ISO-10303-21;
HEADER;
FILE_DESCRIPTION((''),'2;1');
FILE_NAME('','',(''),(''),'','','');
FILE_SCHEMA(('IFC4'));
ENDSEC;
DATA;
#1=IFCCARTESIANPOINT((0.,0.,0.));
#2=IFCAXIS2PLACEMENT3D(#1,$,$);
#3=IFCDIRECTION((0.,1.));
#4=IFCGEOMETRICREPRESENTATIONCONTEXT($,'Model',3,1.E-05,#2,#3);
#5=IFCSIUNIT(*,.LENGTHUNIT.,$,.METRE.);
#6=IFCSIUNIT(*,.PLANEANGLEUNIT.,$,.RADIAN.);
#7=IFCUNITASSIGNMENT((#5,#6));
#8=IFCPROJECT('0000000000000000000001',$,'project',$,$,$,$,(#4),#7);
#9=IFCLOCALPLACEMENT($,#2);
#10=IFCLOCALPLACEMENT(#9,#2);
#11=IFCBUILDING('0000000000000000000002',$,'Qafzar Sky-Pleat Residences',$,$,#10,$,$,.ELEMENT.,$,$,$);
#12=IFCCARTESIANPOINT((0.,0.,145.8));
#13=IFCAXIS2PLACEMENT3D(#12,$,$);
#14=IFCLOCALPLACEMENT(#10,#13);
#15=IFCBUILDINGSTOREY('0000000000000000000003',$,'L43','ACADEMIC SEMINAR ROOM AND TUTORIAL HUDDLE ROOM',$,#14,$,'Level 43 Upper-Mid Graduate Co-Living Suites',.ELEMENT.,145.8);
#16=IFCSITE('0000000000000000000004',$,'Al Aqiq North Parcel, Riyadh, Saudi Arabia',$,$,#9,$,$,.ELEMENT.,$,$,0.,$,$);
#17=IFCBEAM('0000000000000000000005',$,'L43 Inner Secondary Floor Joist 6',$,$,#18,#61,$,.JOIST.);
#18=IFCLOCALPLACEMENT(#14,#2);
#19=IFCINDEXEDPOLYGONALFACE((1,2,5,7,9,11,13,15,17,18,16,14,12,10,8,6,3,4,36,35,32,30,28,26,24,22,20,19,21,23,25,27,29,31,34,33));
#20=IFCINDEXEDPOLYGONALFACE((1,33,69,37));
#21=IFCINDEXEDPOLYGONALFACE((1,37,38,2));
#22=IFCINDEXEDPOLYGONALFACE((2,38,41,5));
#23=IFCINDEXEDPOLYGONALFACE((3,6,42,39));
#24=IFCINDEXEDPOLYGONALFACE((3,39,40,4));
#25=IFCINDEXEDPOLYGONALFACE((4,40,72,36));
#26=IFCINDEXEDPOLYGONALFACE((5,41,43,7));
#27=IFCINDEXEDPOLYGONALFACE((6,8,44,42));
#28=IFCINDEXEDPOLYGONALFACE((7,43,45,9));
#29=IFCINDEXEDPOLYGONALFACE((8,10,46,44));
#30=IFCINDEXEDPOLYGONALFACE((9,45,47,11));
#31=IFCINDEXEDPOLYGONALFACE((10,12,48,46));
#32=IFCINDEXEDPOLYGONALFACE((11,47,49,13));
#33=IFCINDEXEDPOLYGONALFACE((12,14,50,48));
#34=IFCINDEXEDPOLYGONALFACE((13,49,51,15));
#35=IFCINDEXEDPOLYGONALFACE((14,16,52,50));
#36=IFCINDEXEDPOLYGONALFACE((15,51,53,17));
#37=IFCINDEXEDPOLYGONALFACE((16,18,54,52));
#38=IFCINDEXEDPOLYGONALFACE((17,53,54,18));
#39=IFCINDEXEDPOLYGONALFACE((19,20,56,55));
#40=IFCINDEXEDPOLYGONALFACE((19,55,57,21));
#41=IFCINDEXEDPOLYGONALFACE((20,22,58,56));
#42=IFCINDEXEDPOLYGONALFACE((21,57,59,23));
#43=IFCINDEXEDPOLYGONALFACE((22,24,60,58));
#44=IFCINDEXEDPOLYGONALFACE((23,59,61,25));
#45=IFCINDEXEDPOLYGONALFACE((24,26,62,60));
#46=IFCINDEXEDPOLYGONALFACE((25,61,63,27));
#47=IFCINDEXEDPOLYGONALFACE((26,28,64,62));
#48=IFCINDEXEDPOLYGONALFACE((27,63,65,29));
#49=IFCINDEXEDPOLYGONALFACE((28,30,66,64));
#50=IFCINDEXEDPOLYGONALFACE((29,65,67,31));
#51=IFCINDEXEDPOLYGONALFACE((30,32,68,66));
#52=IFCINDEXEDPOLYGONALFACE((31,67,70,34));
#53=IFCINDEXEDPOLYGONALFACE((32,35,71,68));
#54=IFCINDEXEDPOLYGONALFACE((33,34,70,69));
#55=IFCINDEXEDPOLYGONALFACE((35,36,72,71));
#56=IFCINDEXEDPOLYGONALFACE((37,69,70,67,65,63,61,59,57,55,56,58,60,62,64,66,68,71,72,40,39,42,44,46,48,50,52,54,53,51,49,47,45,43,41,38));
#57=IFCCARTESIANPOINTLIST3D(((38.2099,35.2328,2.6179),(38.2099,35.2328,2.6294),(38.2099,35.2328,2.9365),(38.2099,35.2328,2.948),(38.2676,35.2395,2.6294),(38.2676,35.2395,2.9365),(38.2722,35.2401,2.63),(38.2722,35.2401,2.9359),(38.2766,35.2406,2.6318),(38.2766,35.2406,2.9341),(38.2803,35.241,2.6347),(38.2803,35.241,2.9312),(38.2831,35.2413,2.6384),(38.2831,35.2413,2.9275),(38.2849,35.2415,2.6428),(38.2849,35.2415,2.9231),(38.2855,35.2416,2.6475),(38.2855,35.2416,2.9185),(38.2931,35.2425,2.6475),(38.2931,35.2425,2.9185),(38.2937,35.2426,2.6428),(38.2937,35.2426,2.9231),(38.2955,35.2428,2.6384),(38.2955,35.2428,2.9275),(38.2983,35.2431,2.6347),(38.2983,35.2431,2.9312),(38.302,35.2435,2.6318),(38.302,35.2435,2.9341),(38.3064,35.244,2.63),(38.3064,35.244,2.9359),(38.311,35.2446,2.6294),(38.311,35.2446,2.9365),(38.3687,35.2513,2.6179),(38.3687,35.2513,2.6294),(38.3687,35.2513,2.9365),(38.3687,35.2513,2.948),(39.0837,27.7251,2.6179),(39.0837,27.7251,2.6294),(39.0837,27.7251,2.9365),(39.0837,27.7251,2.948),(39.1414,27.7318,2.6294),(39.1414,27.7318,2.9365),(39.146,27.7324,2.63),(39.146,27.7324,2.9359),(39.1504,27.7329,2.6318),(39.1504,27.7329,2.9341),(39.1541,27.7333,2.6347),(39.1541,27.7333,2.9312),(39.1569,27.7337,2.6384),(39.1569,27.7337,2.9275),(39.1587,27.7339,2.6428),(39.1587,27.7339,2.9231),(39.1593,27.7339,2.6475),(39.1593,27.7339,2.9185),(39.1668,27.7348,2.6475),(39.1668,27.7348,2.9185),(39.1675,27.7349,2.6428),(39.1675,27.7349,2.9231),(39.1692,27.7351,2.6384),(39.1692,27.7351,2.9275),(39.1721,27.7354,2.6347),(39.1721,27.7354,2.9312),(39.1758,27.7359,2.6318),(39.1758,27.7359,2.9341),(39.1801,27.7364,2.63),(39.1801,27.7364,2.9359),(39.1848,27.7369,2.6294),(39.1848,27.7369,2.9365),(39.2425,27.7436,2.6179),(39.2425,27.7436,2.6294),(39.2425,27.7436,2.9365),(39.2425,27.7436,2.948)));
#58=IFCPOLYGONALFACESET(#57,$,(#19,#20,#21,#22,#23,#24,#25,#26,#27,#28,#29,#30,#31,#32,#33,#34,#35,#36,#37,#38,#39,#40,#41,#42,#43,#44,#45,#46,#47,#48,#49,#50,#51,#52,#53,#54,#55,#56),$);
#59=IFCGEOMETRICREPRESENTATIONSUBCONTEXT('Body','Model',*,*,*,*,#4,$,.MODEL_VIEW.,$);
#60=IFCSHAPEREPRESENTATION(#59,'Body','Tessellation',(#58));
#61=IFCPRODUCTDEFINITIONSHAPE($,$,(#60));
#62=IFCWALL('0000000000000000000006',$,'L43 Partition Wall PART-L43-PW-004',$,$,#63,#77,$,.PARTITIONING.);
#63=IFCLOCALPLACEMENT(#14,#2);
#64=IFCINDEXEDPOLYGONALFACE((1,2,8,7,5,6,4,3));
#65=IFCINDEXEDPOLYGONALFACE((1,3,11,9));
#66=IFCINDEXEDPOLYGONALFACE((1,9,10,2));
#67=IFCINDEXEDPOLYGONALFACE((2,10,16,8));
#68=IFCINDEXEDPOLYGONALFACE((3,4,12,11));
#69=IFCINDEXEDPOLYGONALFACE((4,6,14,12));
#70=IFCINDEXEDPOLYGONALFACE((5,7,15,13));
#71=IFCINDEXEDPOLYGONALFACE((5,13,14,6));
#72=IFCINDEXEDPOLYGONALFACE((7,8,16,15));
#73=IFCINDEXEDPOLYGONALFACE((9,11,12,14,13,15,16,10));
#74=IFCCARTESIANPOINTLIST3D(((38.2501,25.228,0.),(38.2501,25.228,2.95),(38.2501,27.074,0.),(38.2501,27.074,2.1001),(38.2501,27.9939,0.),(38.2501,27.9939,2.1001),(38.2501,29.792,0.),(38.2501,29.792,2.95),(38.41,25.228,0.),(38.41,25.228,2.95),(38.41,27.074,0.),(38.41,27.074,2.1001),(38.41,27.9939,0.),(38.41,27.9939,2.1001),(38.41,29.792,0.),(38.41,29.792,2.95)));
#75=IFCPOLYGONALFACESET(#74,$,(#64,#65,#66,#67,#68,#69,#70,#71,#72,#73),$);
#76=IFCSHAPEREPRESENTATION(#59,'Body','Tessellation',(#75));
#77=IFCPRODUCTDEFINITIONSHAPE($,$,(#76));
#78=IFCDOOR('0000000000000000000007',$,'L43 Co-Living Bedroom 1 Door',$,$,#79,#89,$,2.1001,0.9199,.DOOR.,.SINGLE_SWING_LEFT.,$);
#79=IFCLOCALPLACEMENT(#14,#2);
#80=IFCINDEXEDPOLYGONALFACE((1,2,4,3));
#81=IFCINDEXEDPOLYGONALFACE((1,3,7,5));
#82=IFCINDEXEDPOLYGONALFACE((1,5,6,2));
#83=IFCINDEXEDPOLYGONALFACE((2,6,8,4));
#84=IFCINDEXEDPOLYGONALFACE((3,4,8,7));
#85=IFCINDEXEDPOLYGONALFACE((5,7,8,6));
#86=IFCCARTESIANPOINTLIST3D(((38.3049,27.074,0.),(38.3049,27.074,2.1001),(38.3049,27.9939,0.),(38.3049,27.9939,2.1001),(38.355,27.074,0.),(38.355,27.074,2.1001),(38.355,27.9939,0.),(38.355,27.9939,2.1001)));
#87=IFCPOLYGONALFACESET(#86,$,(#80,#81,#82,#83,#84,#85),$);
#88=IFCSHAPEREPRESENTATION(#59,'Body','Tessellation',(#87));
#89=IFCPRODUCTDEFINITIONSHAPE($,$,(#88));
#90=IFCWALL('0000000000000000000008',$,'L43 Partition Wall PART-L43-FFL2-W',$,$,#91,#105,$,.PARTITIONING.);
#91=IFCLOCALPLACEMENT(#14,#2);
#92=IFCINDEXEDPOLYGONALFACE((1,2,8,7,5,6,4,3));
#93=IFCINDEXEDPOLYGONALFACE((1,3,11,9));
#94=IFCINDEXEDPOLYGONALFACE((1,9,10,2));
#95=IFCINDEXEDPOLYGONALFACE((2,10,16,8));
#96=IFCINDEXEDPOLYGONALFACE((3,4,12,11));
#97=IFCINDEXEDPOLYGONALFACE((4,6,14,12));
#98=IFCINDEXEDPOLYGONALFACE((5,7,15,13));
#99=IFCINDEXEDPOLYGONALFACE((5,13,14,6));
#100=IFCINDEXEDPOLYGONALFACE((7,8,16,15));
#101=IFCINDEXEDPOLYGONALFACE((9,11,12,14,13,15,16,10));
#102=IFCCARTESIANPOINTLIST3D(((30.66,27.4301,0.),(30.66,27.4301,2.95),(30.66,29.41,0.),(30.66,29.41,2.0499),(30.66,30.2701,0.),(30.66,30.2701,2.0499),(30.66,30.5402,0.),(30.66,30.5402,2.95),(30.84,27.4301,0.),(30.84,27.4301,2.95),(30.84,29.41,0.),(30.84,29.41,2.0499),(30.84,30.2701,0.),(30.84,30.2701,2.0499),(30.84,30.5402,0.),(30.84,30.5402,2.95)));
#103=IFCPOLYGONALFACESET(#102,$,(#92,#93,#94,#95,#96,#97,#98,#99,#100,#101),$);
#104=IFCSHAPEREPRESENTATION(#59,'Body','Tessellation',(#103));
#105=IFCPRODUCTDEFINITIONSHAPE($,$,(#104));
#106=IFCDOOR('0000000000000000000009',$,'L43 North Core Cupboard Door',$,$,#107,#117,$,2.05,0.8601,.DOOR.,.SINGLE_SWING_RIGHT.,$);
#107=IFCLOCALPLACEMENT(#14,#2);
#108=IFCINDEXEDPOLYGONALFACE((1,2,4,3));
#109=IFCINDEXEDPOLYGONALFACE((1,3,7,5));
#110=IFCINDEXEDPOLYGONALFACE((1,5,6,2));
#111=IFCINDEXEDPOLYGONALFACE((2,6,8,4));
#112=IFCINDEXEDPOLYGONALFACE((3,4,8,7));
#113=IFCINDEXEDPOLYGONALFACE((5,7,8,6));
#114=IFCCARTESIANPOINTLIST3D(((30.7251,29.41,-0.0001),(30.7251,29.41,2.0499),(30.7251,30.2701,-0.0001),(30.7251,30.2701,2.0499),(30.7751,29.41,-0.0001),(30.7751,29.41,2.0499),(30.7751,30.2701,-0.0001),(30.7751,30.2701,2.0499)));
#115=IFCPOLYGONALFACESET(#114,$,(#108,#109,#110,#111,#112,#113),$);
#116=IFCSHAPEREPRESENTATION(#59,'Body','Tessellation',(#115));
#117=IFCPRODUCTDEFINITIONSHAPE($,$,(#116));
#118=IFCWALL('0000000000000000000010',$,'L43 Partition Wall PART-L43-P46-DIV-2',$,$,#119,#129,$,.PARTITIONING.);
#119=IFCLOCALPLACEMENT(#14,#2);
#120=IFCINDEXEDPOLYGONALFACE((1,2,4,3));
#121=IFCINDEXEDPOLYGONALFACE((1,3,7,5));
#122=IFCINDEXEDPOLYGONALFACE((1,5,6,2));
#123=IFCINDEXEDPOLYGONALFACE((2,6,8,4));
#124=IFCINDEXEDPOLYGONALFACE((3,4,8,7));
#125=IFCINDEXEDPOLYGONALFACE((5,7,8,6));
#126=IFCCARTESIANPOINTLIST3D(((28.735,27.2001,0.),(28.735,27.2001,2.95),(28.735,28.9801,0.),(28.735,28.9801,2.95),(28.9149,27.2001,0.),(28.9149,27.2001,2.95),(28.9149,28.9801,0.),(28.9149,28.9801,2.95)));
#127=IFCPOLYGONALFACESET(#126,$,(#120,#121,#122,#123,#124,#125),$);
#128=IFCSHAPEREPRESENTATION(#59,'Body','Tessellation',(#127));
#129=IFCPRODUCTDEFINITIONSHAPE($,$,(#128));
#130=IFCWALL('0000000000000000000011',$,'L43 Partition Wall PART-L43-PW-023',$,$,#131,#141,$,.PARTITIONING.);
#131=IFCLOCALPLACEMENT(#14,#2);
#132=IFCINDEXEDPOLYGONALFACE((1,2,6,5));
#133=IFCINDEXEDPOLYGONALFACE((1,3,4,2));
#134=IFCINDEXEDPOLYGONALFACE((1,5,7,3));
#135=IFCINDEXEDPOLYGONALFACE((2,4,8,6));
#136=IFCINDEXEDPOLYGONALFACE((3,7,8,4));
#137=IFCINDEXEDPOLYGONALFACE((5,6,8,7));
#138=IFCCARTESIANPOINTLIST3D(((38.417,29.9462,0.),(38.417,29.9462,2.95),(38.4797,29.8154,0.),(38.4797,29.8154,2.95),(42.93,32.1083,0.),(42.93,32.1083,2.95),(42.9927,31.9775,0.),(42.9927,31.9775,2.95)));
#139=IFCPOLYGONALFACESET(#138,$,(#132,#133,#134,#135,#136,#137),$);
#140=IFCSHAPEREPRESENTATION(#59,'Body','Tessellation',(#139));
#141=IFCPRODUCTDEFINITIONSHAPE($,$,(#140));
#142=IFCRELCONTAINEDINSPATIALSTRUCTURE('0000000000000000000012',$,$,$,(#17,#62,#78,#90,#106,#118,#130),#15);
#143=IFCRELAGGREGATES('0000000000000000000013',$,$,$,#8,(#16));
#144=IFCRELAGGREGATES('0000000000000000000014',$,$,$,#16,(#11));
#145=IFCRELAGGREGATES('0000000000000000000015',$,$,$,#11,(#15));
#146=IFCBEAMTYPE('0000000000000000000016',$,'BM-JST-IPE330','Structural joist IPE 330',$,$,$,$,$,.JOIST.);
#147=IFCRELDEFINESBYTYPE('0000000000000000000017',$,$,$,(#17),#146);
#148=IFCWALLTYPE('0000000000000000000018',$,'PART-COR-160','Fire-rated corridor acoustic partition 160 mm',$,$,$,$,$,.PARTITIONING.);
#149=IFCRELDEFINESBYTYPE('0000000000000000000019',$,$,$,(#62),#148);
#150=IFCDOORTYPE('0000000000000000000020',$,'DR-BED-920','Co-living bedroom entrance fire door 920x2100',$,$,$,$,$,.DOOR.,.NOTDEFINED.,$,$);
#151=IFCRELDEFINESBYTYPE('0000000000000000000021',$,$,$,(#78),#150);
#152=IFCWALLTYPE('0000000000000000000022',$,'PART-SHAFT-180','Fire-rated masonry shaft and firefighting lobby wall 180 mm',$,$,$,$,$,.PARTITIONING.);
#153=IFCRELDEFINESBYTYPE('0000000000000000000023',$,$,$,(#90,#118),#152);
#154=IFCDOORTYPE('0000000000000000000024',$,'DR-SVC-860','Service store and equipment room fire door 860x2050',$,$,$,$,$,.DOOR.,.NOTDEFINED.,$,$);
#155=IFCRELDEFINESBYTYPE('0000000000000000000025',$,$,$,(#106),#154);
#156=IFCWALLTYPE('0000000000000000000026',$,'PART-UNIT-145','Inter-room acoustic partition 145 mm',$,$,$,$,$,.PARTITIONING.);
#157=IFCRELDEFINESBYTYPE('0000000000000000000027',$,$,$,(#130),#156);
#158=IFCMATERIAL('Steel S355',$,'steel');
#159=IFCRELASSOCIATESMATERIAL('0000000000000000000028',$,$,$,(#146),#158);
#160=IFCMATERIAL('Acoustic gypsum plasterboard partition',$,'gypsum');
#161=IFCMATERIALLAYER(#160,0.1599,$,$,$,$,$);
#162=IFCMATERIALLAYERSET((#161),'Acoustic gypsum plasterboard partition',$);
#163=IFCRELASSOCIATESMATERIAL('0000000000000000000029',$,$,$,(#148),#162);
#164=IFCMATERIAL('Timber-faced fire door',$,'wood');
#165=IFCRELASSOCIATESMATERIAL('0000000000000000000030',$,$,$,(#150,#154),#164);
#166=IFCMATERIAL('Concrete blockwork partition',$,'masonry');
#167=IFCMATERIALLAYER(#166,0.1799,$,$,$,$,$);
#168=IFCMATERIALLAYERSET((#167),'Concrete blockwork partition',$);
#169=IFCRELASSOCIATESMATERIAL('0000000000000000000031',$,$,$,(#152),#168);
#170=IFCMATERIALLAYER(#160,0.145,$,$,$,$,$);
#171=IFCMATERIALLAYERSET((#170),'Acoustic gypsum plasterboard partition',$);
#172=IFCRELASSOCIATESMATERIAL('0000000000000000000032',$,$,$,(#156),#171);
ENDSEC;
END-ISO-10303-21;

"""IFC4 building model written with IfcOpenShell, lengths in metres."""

from ifc_helpers import new_model, si_unit, direction, frame, frame_2d, origin, origin_2d, place, context, subcontext, project, spatial, rectangle, i_section, extrude, source, transform, mapped, material, layer, layer_set, material_profile, profile_set, type_object, element, fill, save


model = new_model("IFC4")

# Units and contexts
model_context = context("Model", 3, precision=1e-05, world=origin(), true_north=direction((0.0, 1.0)))
body_context = subcontext(model_context, "Body", "Model", "MODEL_VIEW")
ifc_project = project(units=[si_unit("LENGTHUNIT", "METRE"), si_unit("PLANEANGLEUNIT", "RADIAN")], contexts=[model_context])

# Site, building, storey
site_placement = place(None, origin())
site = spatial("IfcSite", under=ifc_project, at=site_placement, Name="Al Aqiq North Parcel, Riyadh, Saudi Arabia", CompositionType="ELEMENT", RefElevation=0.0)
building_placement = place(site_placement, origin())
building = spatial("IfcBuilding", under=site, at=building_placement, Name="Qafzar Sky-Pleat Residences", CompositionType="ELEMENT")
storey_placement = place(building_placement, frame((0.0, 0.0, 145.8)))
storey = spatial("IfcBuildingStorey", under=building, at=storey_placement, Name="L43", Description="ACADEMIC SEMINAR ROOM AND TUTORIAL HUDDLE ROOM", LongName="Level 43 Upper-Mid Graduate Co-Living Suites", CompositionType="ELEMENT", Elevation=145.8)

# Beam
ifc_material_1 = material(Name="Steel S355", Category="steel")
ifc_material_profile = material_profile(ifc_material_1, i_section(OverallWidth=0.1599, OverallDepth=0.3301, WebThickness=0.0076, FlangeThickness=0.0115, FilletRadius=0.0181, at=origin_2d()), Name="IPE 330")
ifc_profile_set = profile_set([ifc_material_profile], Name="Steel S355")
beam_type = type_object("IfcBeamType", Name="BM-JST-IPE330", Description="Structural joist IPE 330", PredefinedType="JOIST", material=ifc_profile_set)
shared_shape_1 = source(origin(), body_context, "Body", "SweptSolid", [
    extrude(i_section(OverallWidth=0.1599, OverallDepth=0.3301, WebThickness=0.0076, FlangeThickness=0.0115, FilletRadius=0.0181, at=origin_2d()), origin(), (0.0, 0.0, 1.0), 7.5583),
])
beam_placement = place(storey_placement, frame((39.1631, 27.7344, 2.783), z_axis=(-0.115606, 0.993295, 0.0), x_axis=(-0.993295, -0.115606, 0.0)))
element("IfcBeam", 1, at=beam_placement, inside=storey, type_object=beam_type, Name="L43 Inner Secondary Floor Joist 6", PredefinedType="JOIST", context=body_context, shape_type="MappedRepresentation", body=[
    mapped(shared_shape_1, transform((0.0, 0.0, 0.0), x_axis=(1.0, 0.0, 0.0), y_axis=(0.0, 1.0, 0.0), z_axis=(0.0, 0.0, 1.0), scale=1.0)),
])

# Walls, openings, doors
ifc_material_2 = material(Name="Acoustic gypsum plasterboard partition", Category="gypsum")
ifc_layer_1 = layer(ifc_material_2, 0.1599)
ifc_layer_set_1 = layer_set([ifc_layer_1], Name="Acoustic gypsum plasterboard partition")
wall_type_1 = type_object("IfcWallType", Name="PART-COR-160", Description="Fire-rated corridor acoustic partition 160 mm", PredefinedType="PARTITIONING", material=ifc_layer_set_1)
wall_1_placement = place(storey_placement, frame((38.3301, 29.792, 0.0), z_axis=(0.0, 0.0, 1.0), x_axis=(0.0, -1.0, 0.0)))
wall_1 = element("IfcWall", 2, at=wall_1_placement, inside=storey, type_object=wall_type_1, Name="L43 Partition Wall PART-L43-PW-004", PredefinedType="PARTITIONING", context=body_context, shape_type="SweptSolid", body=[
    extrude(rectangle(XDim=4.564, YDim=0.1599, at=frame_2d((2.282, 0.0))), origin(), (0.0, 0.0, 1.0), 2.95),
])
opening_1_placement = place(wall_1_placement, frame((1.7981, 0.0, 0.0)))
opening_1 = element("IfcOpeningElement", 3, at=opening_1_placement, cuts=wall_1, PredefinedType="OPENING", context=body_context, shape_type="SweptSolid", body=[
    extrude(rectangle(XDim=0.9199, YDim=2.1001, at=frame_2d((0.46, 1.05))), frame((0.0, 0.0898, 0.0), z_axis=(0.0, -1.0, 0.0), x_axis=(1.0, 0.0, 0.0)), (0.0, 0.0, 1.0), 0.1799),
])
ifc_material_3 = material(Name="Timber-faced fire door", Category="wood")
door_type_1 = type_object("IfcDoorType", Name="DR-BED-920", Description="Co-living bedroom entrance fire door 920x2100", OperationType="NOTDEFINED", PredefinedType="DOOR", material=ifc_material_3)
shared_shape_2 = source(origin(), body_context, "Body", "SweptSolid", [
    extrude(rectangle(XDim=0.9199, YDim=2.1001, at=frame_2d((0.46, 1.05))), frame((0.0, 0.0249, 0.0), z_axis=(0.0, -1.0, 0.0), x_axis=(1.0, 0.0, 0.0)), (0.0, 0.0, 1.0), 0.05),
])
door_1_placement = place(opening_1_placement, origin())
door_1 = element("IfcDoor", 4, at=door_1_placement, inside=storey, type_object=door_type_1, Name="L43 Co-Living Bedroom 1 Door", OperationType="SINGLE_SWING_LEFT", OverallHeight=2.1001, OverallWidth=0.9199, PredefinedType="DOOR", context=body_context, shape_type="MappedRepresentation", body=[
    mapped(shared_shape_2, transform((0.0, 0.0, 0.0), x_axis=(1.0, 0.0, 0.0), y_axis=(0.0, 1.0, 0.0), z_axis=(0.0, 0.0, 1.0), scale=1.0)),
])
fill(opening_1, door_1)
ifc_material_4 = material(Name="Concrete blockwork partition", Category="masonry")
ifc_layer_2 = layer(ifc_material_4, 0.1799)
ifc_layer_set_2 = layer_set([ifc_layer_2], Name="Concrete blockwork partition")
wall_type_2 = type_object("IfcWallType", Name="PART-SHAFT-180", Description="Fire-rated masonry shaft and firefighting lobby wall 180 mm", PredefinedType="PARTITIONING", material=ifc_layer_set_2)
wall_2_placement = place(storey_placement, frame((30.75, 27.4299, 0.0), z_axis=(0.0, 0.0, 1.0), x_axis=(0.0, 1.0, 0.0)))
wall_2 = element("IfcWall", 5, at=wall_2_placement, inside=storey, type_object=wall_type_2, Name="L43 Partition Wall PART-L43-FFL2-W", PredefinedType="PARTITIONING", context=body_context, shape_type="SweptSolid", body=[
    extrude(rectangle(XDim=3.1101, YDim=0.1799, at=frame_2d((1.5552, 0.0))), origin(), (0.0, 0.0, 1.0), 2.95),
])
opening_2_placement = place(wall_2_placement, frame((1.98, 0.0, 0.0)))
opening_2 = element("IfcOpeningElement", 6, at=opening_2_placement, cuts=wall_2, PredefinedType="OPENING", context=body_context, shape_type="SweptSolid", body=[
    extrude(rectangle(XDim=0.8601, YDim=2.05, at=frame_2d((0.4302, 1.0249))), frame((0.0, 0.1001, 0.0), z_axis=(0.0, -1.0, 0.0), x_axis=(1.0, 0.0, 0.0)), (0.0, 0.0, 1.0), 0.2),
])
door_type_2 = type_object("IfcDoorType", Name="DR-SVC-860", Description="Service store and equipment room fire door 860x2050", OperationType="NOTDEFINED", PredefinedType="DOOR", material=ifc_material_3)
shared_shape_3 = source(origin(), body_context, "Body", "SweptSolid", [
    extrude(rectangle(XDim=0.8601, YDim=2.05, at=frame_2d((0.4302, 1.0249))), frame((0.0, 0.0249, 0.0), z_axis=(0.0, -1.0, 0.0), x_axis=(1.0, 0.0, 0.0)), (0.0, 0.0, 1.0), 0.05),
])
door_2_placement = place(opening_2_placement, origin())
door_2 = element("IfcDoor", 7, at=door_2_placement, inside=storey, type_object=door_type_2, Name="L43 North Core Cupboard Door", OperationType="SINGLE_SWING_RIGHT", OverallHeight=2.05, OverallWidth=0.8601, PredefinedType="DOOR", context=body_context, shape_type="MappedRepresentation", body=[
    mapped(shared_shape_3, transform((0.0, 0.0, 0.0), x_axis=(1.0, 0.0, 0.0), y_axis=(0.0, 1.0, 0.0), z_axis=(0.0, 0.0, 1.0), scale=1.0)),
])
fill(opening_2, door_2)

# Walls
wall_3_placement = place(storey_placement, frame((28.825, 27.2, 0.0), z_axis=(0.0, 0.0, 1.0), x_axis=(0.0, 1.0, 0.0)))
element("IfcWall", 8, at=wall_3_placement, inside=storey, type_object=wall_type_2, Name="L43 Partition Wall PART-L43-P46-DIV-2", PredefinedType="PARTITIONING", context=body_context, shape_type="SweptSolid", body=[
    extrude(rectangle(XDim=1.78, YDim=0.1799, at=frame_2d((0.8901, 0.0))), origin(), (0.0, 0.0, 1.0), 2.95),
])
ifc_layer_3 = layer(ifc_material_2, 0.145)
ifc_layer_set_3 = layer_set([ifc_layer_3], Name="Acoustic gypsum plasterboard partition")
wall_type_3 = type_object("IfcWallType", Name="PART-UNIT-145", Description="Inter-room acoustic partition 145 mm", PredefinedType="PARTITIONING", material=ifc_layer_set_3)
wall_4_placement = place(storey_placement, frame((38.4485, 29.8809, 0.0), z_axis=(0.0, 0.0, 1.0), x_axis=(0.901843, 0.432065, 0.0)))
element("IfcWall", 9, at=wall_4_placement, inside=storey, type_object=wall_type_3, Name="L43 Partition Wall PART-L43-PW-023", PredefinedType="PARTITIONING", context=body_context, shape_type="SweptSolid", body=[
    extrude(rectangle(XDim=5.0042, YDim=0.145, at=frame_2d((2.502, 0.0))), origin(), (0.0, 0.0, 1.0), 2.95),
])

save(model, "model.ifc")
